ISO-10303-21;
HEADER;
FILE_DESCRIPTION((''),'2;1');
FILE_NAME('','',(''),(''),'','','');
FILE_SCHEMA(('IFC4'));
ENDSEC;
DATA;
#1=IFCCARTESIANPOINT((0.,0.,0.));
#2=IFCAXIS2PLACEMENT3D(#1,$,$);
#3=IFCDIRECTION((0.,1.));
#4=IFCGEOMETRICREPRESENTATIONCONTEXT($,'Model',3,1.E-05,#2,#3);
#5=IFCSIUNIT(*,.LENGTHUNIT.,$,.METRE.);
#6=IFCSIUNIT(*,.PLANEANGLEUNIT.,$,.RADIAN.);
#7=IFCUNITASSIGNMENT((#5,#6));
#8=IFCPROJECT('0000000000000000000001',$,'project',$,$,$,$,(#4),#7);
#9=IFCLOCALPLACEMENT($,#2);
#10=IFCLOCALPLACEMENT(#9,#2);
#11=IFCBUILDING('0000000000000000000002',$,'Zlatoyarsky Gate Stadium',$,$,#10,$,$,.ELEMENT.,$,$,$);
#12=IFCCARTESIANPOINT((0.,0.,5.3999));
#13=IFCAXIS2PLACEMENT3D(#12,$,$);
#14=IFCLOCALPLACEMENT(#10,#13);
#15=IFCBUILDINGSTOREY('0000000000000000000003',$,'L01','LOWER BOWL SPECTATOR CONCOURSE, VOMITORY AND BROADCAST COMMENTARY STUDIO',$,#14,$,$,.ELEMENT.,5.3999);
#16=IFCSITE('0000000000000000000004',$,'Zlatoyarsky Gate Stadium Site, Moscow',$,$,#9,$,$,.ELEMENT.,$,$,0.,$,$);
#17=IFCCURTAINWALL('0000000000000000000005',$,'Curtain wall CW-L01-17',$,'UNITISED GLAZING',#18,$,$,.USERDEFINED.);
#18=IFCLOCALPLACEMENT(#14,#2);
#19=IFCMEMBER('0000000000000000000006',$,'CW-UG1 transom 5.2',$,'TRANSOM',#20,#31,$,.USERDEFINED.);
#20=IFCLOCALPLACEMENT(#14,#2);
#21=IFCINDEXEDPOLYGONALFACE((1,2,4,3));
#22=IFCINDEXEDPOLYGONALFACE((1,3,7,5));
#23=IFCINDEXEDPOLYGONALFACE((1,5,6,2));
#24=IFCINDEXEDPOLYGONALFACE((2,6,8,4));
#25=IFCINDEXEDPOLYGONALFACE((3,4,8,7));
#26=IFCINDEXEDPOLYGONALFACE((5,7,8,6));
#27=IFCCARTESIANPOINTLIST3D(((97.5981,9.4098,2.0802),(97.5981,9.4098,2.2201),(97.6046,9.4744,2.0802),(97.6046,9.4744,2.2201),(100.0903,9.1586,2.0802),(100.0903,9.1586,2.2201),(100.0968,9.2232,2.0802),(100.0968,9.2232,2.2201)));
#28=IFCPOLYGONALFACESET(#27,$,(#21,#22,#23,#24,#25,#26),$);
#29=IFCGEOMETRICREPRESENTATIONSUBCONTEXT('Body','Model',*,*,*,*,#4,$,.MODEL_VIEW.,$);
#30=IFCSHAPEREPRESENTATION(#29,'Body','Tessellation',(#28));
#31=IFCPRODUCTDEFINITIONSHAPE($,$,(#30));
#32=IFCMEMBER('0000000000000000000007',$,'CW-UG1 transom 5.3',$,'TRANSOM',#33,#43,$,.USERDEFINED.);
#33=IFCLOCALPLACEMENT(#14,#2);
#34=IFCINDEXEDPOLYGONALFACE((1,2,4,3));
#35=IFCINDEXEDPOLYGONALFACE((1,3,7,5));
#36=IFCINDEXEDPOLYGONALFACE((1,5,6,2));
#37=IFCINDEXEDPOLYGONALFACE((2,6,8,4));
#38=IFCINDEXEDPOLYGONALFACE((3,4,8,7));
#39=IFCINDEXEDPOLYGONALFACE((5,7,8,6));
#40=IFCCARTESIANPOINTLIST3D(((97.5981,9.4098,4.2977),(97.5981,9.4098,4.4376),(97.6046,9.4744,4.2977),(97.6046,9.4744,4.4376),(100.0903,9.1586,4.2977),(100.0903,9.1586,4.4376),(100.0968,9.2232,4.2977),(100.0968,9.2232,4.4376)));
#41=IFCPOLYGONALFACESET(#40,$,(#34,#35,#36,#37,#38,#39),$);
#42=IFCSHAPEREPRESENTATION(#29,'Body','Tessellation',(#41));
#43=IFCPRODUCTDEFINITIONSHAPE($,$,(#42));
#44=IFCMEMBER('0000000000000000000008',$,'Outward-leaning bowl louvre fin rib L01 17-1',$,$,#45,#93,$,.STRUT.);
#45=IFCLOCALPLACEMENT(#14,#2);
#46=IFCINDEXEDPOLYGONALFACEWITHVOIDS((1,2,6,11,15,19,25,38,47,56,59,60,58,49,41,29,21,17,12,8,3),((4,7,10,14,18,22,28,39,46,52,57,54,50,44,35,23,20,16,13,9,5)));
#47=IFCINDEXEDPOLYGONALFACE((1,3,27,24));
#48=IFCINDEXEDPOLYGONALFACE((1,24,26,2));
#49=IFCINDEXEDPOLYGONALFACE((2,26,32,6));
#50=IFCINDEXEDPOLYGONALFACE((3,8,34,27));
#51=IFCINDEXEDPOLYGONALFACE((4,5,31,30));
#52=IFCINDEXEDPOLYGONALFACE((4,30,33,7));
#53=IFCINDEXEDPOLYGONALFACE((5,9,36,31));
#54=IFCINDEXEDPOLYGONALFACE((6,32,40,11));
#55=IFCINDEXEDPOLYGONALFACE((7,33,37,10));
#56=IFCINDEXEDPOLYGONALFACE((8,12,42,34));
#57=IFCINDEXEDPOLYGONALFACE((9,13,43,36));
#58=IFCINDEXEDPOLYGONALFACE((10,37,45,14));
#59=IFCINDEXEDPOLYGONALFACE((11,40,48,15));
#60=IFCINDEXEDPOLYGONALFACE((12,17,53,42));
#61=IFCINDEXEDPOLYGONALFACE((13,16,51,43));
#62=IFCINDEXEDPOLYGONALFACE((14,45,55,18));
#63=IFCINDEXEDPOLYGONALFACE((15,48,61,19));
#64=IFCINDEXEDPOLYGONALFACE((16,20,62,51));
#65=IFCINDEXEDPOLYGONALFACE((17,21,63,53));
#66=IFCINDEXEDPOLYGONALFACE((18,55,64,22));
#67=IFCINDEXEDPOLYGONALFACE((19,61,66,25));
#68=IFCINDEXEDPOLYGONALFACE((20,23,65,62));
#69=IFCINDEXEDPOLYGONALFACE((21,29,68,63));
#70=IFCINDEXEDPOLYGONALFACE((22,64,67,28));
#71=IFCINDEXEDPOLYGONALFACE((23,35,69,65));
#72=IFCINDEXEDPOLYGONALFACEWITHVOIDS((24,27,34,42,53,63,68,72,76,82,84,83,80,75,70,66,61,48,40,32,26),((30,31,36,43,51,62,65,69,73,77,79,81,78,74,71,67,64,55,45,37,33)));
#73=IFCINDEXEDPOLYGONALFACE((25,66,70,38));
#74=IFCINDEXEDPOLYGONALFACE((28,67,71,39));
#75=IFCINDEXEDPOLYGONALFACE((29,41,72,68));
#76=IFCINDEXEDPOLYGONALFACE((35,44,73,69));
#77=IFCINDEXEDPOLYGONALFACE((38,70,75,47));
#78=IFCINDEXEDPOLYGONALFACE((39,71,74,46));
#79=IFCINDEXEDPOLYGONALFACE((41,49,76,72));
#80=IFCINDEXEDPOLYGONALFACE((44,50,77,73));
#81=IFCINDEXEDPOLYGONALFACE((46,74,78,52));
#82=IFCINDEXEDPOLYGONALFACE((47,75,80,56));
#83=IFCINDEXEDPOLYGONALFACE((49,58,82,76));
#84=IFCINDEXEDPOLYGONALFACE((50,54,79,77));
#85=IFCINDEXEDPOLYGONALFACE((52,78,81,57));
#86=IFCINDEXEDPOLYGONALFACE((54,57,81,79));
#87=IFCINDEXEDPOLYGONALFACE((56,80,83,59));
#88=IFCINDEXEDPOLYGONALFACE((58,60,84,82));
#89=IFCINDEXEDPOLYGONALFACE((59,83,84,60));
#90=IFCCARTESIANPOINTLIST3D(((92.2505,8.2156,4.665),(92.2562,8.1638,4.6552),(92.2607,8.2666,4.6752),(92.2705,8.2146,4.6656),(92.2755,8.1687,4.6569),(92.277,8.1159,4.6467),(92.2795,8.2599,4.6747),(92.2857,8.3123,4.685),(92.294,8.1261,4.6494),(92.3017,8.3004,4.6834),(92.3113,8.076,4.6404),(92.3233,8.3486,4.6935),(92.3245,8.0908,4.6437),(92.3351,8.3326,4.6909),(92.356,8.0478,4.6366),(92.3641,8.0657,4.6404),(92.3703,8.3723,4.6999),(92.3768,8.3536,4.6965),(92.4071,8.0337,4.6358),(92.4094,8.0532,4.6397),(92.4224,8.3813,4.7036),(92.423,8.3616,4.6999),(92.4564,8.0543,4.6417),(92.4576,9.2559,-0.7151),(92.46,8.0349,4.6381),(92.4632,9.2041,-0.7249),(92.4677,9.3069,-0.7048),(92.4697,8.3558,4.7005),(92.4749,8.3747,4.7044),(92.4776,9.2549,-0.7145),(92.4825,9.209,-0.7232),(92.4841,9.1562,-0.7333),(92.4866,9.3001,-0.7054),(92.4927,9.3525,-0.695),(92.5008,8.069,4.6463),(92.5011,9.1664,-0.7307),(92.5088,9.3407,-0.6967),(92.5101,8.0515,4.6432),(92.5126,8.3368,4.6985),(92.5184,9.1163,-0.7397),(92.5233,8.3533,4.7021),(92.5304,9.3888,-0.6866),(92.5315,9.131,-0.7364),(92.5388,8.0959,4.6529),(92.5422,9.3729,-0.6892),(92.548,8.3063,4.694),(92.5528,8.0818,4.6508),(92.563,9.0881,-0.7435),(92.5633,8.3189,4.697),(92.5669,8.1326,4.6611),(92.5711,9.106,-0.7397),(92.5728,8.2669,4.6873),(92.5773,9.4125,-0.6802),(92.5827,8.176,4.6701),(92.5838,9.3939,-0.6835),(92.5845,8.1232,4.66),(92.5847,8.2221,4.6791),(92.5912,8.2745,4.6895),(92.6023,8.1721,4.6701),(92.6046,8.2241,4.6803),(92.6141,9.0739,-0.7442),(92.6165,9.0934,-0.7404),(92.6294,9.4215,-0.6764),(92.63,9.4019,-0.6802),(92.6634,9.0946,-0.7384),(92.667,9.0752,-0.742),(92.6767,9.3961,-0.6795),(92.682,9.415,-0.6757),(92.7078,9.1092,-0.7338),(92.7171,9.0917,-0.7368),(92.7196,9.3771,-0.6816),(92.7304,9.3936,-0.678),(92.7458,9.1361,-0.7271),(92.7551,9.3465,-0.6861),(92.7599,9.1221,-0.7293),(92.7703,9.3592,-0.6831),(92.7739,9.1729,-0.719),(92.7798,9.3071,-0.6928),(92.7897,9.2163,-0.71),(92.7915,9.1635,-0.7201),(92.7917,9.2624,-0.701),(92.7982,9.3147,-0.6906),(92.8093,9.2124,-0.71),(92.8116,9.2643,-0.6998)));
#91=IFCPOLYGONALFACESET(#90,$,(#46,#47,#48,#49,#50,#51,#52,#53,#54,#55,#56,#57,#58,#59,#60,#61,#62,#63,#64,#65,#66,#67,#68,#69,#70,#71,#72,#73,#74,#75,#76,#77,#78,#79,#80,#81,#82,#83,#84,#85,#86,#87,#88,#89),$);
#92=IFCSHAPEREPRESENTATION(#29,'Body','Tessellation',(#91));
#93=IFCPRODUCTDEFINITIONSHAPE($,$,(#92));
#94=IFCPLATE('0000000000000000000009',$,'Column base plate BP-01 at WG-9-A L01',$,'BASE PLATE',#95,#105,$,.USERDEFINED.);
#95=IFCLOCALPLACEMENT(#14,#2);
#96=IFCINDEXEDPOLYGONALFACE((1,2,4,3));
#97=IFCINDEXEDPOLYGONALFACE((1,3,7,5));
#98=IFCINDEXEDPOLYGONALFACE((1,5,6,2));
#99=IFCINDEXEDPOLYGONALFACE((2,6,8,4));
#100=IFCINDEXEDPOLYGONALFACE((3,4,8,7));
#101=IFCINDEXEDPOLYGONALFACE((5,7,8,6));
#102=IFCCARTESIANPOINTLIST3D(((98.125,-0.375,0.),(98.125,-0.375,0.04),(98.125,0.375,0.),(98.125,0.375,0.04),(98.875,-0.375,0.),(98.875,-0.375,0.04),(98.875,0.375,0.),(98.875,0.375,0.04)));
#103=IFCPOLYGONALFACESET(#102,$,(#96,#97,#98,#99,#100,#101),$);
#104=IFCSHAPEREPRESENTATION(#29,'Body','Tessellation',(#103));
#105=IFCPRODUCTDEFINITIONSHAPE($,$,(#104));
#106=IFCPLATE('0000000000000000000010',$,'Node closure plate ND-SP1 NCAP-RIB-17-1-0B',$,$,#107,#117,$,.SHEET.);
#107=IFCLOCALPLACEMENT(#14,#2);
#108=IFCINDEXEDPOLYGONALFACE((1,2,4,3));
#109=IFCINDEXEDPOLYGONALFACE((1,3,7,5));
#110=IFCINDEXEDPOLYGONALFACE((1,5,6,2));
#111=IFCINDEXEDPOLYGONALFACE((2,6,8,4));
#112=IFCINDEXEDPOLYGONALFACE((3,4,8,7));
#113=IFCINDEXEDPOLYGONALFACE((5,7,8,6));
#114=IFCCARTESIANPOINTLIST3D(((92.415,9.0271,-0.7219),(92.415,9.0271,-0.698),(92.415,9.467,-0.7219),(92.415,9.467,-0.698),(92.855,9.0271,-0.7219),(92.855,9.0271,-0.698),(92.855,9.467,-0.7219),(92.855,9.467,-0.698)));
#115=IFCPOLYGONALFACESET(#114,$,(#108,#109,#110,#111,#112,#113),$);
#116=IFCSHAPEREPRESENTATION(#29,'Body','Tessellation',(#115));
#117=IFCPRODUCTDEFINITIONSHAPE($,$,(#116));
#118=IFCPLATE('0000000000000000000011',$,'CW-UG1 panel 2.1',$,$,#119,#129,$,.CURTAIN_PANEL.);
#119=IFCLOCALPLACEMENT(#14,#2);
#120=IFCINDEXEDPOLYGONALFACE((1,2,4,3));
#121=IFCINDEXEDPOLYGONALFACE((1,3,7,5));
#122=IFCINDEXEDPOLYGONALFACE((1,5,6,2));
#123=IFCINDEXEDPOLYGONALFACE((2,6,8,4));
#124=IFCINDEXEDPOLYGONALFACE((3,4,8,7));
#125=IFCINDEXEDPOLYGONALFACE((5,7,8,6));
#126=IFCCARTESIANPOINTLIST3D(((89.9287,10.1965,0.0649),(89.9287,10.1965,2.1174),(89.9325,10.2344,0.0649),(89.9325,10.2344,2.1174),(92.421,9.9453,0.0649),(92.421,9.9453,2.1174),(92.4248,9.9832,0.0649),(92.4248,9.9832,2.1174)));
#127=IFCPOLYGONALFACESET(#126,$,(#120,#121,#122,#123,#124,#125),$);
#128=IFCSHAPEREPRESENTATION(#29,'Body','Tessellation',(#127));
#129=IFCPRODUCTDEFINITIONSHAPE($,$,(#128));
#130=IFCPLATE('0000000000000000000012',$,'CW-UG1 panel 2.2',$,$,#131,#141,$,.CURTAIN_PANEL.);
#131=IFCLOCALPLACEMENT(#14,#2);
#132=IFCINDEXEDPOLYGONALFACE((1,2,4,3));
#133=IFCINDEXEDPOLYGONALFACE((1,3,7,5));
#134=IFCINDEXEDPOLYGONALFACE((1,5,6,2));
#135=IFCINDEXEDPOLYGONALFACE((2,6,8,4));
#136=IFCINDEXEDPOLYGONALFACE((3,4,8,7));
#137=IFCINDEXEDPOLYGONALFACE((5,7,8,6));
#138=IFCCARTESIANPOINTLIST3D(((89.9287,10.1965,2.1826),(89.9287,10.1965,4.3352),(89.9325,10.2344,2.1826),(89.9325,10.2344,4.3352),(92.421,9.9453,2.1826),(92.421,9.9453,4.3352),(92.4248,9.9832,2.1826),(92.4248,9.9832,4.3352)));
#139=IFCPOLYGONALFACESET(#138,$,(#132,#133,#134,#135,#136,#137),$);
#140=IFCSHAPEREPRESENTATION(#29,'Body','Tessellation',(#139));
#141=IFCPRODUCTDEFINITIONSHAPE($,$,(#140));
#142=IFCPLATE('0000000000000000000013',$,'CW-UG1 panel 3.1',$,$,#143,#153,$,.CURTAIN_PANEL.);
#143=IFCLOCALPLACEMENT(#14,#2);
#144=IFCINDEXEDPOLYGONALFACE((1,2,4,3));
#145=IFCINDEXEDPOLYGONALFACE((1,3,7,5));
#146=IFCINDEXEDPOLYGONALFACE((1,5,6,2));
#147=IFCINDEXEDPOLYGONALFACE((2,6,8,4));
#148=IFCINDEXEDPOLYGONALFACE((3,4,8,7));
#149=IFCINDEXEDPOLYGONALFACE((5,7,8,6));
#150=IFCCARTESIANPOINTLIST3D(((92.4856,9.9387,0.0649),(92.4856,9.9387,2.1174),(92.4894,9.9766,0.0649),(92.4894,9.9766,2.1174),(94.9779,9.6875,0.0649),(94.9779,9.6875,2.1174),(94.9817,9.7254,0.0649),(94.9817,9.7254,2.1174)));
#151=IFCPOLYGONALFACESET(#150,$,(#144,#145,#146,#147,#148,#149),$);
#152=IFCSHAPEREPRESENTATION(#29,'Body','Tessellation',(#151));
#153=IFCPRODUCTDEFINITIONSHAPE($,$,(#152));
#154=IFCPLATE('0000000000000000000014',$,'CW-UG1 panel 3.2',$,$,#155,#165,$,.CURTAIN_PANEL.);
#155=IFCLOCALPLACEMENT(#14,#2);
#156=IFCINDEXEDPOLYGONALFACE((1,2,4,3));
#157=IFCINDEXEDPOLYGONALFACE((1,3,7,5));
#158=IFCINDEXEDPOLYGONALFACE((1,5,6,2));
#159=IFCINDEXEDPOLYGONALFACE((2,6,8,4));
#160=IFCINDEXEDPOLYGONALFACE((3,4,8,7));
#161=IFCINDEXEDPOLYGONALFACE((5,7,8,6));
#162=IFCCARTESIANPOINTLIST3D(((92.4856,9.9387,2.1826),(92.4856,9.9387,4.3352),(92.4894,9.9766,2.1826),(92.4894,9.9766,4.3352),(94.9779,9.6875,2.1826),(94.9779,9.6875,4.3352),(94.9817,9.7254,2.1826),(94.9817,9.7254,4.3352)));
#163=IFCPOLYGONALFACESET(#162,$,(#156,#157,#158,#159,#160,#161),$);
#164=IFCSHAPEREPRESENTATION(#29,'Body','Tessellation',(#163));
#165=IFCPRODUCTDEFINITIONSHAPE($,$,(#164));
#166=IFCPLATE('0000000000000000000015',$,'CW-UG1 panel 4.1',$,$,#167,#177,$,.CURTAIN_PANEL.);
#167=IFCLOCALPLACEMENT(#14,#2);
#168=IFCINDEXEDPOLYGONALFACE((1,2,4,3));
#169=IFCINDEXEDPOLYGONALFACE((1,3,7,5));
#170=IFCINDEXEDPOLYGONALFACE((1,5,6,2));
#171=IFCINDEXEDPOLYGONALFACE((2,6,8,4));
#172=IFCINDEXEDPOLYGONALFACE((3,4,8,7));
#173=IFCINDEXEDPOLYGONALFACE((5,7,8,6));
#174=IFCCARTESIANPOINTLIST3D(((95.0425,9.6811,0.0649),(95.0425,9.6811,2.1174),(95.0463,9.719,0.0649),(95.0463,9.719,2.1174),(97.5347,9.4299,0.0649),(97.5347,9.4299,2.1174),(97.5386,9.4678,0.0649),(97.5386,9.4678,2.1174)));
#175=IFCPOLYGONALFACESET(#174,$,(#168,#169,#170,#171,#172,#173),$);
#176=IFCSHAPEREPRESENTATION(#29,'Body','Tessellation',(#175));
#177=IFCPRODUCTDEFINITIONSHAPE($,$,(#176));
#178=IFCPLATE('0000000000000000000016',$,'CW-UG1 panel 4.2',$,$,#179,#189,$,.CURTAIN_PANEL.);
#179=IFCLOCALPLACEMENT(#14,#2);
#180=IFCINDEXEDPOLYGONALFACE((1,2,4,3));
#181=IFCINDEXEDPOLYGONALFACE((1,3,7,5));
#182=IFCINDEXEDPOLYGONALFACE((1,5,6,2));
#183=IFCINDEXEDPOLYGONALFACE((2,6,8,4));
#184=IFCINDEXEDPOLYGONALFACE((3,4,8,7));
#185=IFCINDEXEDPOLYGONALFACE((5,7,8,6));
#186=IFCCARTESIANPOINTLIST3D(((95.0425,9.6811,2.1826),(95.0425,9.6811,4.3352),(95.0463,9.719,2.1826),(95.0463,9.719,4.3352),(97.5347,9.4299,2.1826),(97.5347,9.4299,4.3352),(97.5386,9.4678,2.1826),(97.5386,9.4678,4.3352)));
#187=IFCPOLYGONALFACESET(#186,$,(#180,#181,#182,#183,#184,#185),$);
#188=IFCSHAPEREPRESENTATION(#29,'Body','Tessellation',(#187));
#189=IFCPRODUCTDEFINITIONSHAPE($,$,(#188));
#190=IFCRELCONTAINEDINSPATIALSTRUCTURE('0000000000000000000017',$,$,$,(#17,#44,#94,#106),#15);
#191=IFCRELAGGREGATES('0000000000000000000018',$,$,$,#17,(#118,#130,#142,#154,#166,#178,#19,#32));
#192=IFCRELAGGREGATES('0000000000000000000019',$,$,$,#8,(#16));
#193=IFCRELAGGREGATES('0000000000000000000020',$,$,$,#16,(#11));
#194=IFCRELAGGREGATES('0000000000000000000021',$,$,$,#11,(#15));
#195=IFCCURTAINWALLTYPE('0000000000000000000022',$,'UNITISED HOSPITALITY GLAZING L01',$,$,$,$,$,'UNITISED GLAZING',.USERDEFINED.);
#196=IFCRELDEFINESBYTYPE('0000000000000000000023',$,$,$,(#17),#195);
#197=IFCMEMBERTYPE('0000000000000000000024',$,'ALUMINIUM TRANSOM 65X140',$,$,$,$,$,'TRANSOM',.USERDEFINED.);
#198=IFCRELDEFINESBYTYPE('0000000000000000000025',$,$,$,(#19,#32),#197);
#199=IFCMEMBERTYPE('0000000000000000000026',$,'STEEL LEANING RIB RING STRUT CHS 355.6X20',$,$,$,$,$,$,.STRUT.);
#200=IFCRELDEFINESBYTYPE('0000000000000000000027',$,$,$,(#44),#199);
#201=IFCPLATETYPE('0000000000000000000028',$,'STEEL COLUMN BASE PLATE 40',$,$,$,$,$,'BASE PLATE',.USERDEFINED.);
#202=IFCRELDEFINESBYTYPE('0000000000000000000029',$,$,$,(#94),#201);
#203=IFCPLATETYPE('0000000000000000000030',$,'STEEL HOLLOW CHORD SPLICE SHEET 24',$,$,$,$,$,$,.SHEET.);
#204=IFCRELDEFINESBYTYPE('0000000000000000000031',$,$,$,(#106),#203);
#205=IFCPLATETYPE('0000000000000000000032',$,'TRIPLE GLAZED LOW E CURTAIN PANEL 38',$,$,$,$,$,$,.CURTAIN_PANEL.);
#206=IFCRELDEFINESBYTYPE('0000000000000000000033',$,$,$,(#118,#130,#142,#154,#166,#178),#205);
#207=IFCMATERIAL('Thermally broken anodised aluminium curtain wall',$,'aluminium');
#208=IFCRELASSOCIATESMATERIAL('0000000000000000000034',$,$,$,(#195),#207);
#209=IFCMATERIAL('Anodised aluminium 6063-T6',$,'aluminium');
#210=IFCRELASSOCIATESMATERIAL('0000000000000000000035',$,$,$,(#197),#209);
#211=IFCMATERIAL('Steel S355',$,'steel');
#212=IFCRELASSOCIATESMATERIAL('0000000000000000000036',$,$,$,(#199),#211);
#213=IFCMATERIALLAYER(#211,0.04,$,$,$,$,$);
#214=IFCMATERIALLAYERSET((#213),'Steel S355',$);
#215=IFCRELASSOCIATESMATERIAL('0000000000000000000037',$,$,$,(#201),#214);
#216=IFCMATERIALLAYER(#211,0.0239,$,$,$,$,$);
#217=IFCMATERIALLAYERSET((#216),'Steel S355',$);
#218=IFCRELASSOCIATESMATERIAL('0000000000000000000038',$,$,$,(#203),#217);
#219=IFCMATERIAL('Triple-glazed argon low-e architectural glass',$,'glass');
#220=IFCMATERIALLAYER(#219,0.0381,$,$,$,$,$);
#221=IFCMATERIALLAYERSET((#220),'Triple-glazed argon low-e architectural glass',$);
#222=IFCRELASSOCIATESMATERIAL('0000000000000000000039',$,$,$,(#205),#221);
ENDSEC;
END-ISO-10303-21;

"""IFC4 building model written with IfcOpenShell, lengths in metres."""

from ifc_helpers import new_model, si_unit, direction, frame, origin, origin_2d, place, context, subcontext, project, spatial, rectangle, hollow_circle, extrude, material, layer, layer_set, material_profile, profile_set, type_object, element, aggregate, save


model = new_model("IFC4")

# Units and contexts
model_context = context("Model", 3, precision=1e-05, world=origin(), true_north=direction((0.0, 1.0)))
body_context = subcontext(model_context, "Body", "Model", "MODEL_VIEW")
ifc_project = project(units=[si_unit("LENGTHUNIT", "METRE"), si_unit("PLANEANGLEUNIT", "RADIAN")], contexts=[model_context])

# Site, building, storey
site_placement = place(None, origin())
site = spatial("IfcSite", under=ifc_project, at=site_placement, Name="Zlatoyarsky Gate Stadium Site, Moscow", CompositionType="ELEMENT", RefElevation=0.0)
building_placement = place(site_placement, origin())
building = spatial("IfcBuilding", under=site, at=building_placement, Name="Zlatoyarsky Gate Stadium", CompositionType="ELEMENT")
storey_placement = place(building_placement, frame((0.0, 0.0, 5.3999)))
storey = spatial("IfcBuildingStorey", under=building, at=storey_placement, Name="L01", Description="LOWER BOWL SPECTATOR CONCOURSE, VOMITORY AND BROADCAST COMMENTARY STUDIO", CompositionType="ELEMENT", Elevation=5.3999)

# Shared definitions
ifc_material_1 = material(Name="Steel S355", Category="steel")

# Curtain wall, members
ifc_material_2 = material(Name="Thermally broken anodised aluminium curtain wall", Category="aluminium")
curtain_wall_type = type_object("IfcCurtainWallType", Name="UNITISED HOSPITALITY GLAZING L01", ElementType="UNITISED GLAZING", PredefinedType="USERDEFINED", material=ifc_material_2)
curtain_wall_placement = place(storey_placement, origin())
curtain_wall = element("IfcCurtainWall", 1, at=curtain_wall_placement, inside=storey, type_object=curtain_wall_type, Name="Curtain wall CW-L01-17", ObjectType="UNITISED GLAZING", PredefinedType="USERDEFINED")
ifc_material_3 = material(Name="Anodised aluminium 6063-T6", Category="aluminium")
ifc_material_profile_1 = material_profile(ifc_material_3, rectangle(XDim=0.0649, YDim=0.1399, at=origin_2d()), Name="ALU 65X140")
ifc_profile_set_1 = profile_set([ifc_material_profile_1], Name="Anodised aluminium 6063-T6")
member_type_1 = type_object("IfcMemberType", Name="ALUMINIUM TRANSOM 65X140", ElementType="TRANSOM", PredefinedType="USERDEFINED", material=ifc_profile_set_1)
member_1_placement = place(storey_placement, frame((97.6013, 9.4421, 2.1501), z_axis=(0.994958, -0.100295, 0.0), x_axis=(0.100295, 0.994958, 0.0)))
member_1 = element("IfcMember", 2, at=member_1_placement, type_object=member_type_1, Name="CW-UG1 transom 5.2", ObjectType="TRANSOM", PredefinedType="USERDEFINED", context=body_context, shape_type="SweptSolid", body=[
    extrude(rectangle(XDim=0.0649, YDim=0.1399, at=origin_2d()), origin(), (0.0, 0.0, 1.0), 2.5049),
])
member_2_placement = place(storey_placement, frame((97.6013, 9.4421, 4.3677), z_axis=(0.994958, -0.100295, 0.0), x_axis=(0.100295, 0.994958, 0.0)))
member_2 = element("IfcMember", 3, at=member_2_placement, type_object=member_type_1, Name="CW-UG1 transom 5.3", ObjectType="TRANSOM", PredefinedType="USERDEFINED", context=body_context, shape_type="SweptSolid", body=[
    extrude(rectangle(XDim=0.0649, YDim=0.1399, at=origin_2d()), origin(), (0.0, 0.0, 1.0), 2.5049),
])

# Member
ifc_material_profile_2 = material_profile(ifc_material_1, hollow_circle(Radius=0.1777, WallThickness=0.02, at=origin_2d()), Name="CHS 355.6X20")
ifc_profile_set_2 = profile_set([ifc_material_profile_2], Name="Steel S355")
member_type_2 = type_object("IfcMemberType", Name="STEEL LEANING RIB RING STRUT CHS 355.6X20", PredefinedType="STRUT", material=ifc_profile_set_2)
member_3_placement = place(storey_placement, frame((92.635, 9.2471, -0.71), z_axis=(-0.037754, -0.189705, 0.981115), x_axis=(0.980766, -0.195187, 0.0)))
element("IfcMember", 4, at=member_3_placement, inside=storey, type_object=member_type_2, Name="Outward-leaning bowl louvre fin rib L01 17-1", PredefinedType="STRUT", context=body_context, shape_type="SweptSolid", body=[
    extrude(hollow_circle(Radius=0.1777, WallThickness=0.02, at=origin_2d()), origin(), (0.0, 0.0, 1.0), 5.4836),
])

# Plates
ifc_layer_1 = layer(ifc_material_1, 0.04)
ifc_layer_set_1 = layer_set([ifc_layer_1], Name="Steel S355")
plate_type_1 = type_object("IfcPlateType", Name="STEEL COLUMN BASE PLATE 40", ElementType="BASE PLATE", PredefinedType="USERDEFINED", material=ifc_layer_set_1)
plate_1_placement = place(storey_placement, frame((98.5, 0.0, 0.0), z_axis=(0.0, 0.0, 1.0), x_axis=(1.0, 0.0, 0.0)))
element("IfcPlate", 5, at=plate_1_placement, inside=storey, type_object=plate_type_1, Name="Column base plate BP-01 at WG-9-A L01", ObjectType="BASE PLATE", PredefinedType="USERDEFINED", context=body_context, shape_type="SweptSolid", body=[
    extrude(rectangle(XDim=0.75, YDim=0.75, at=origin_2d()), origin(), (0.0, 0.0, 1.0), 0.04),
])
ifc_layer_2 = layer(ifc_material_1, 0.0239)
ifc_layer_set_2 = layer_set([ifc_layer_2], Name="Steel S355")
plate_type_2 = type_object("IfcPlateType", Name="STEEL HOLLOW CHORD SPLICE SHEET 24", PredefinedType="SHEET", material=ifc_layer_set_2)
plate_2_placement = place(storey_placement, frame((92.635, 9.2471, -0.7219), z_axis=(0.0, 0.0, 1.0), x_axis=(1.0, 0.0, 0.0)))
element("IfcPlate", 6, at=plate_2_placement, inside=storey, type_object=plate_type_2, Name="Node closure plate ND-SP1 NCAP-RIB-17-1-0B", PredefinedType="SHEET", context=body_context, shape_type="SweptSolid", body=[
    extrude(rectangle(XDim=0.4399, YDim=0.4399, at=origin_2d()), origin(), (0.0, 0.0, 1.0), 0.0239),
])

# Plates
ifc_material_4 = material(Name="Triple-glazed argon low-e architectural glass", Category="glass")
ifc_layer_3 = layer(ifc_material_4, 0.0381)
ifc_layer_set_3 = layer_set([ifc_layer_3], Name="Triple-glazed argon low-e architectural glass")
plate_type_3 = type_object("IfcPlateType", Name="TRIPLE GLAZED LOW E CURTAIN PANEL 38", PredefinedType="CURTAIN_PANEL", material=ifc_layer_set_3)
plate_3_placement = place(storey_placement, frame((91.1768, 10.0898, 0.0649), z_axis=(0.0, 0.0, 1.0), x_axis=(0.994957, -0.1003, 0.0)))
plate_3 = element("IfcPlate", 7, at=plate_3_placement, type_object=plate_type_3, Name="CW-UG1 panel 2.1", PredefinedType="CURTAIN_PANEL", context=body_context, shape_type="SweptSolid", body=[
    extrude(rectangle(XDim=2.5049, YDim=0.0381, at=origin_2d()), origin(), (0.0, 0.0, 1.0), 2.0525),
])
plate_4_placement = place(storey_placement, frame((91.1768, 10.0898, 2.1826), z_axis=(0.0, 0.0, 1.0), x_axis=(0.994957, -0.1003, 0.0)))
plate_4 = element("IfcPlate", 8, at=plate_4_placement, type_object=plate_type_3, Name="CW-UG1 panel 2.2", PredefinedType="CURTAIN_PANEL", context=body_context, shape_type="SweptSolid", body=[
    extrude(rectangle(XDim=2.5049, YDim=0.0381, at=origin_2d()), origin(), (0.0, 0.0, 1.0), 2.1526),
])
plate_5_placement = place(storey_placement, frame((93.7336, 9.832, 0.0649), z_axis=(0.0, 0.0, 1.0), x_axis=(0.994957, -0.1003, 0.0)))
plate_5 = element("IfcPlate", 9, at=plate_5_placement, type_object=plate_type_3, Name="CW-UG1 panel 3.1", PredefinedType="CURTAIN_PANEL", context=body_context, shape_type="SweptSolid", body=[
    extrude(rectangle(XDim=2.5049, YDim=0.0381, at=origin_2d()), origin(), (0.0, 0.0, 1.0), 2.0525),
])
plate_6_placement = place(storey_placement, frame((93.7336, 9.832, 2.1826), z_axis=(0.0, 0.0, 1.0), x_axis=(0.994957, -0.1003, 0.0)))
plate_6 = element("IfcPlate", 10, at=plate_6_placement, type_object=plate_type_3, Name="CW-UG1 panel 3.2", PredefinedType="CURTAIN_PANEL", context=body_context, shape_type="SweptSolid", body=[
    extrude(rectangle(XDim=2.5049, YDim=0.0381, at=origin_2d()), origin(), (0.0, 0.0, 1.0), 2.1526),
])
plate_7_placement = place(storey_placement, frame((96.2905, 9.5745, 0.0649), z_axis=(0.0, 0.0, 1.0), x_axis=(0.994957, -0.1003, 0.0)))
plate_7 = element("IfcPlate", 11, at=plate_7_placement, type_object=plate_type_3, Name="CW-UG1 panel 4.1", PredefinedType="CURTAIN_PANEL", context=body_context, shape_type="SweptSolid", body=[
    extrude(rectangle(XDim=2.5049, YDim=0.0381, at=origin_2d()), origin(), (0.0, 0.0, 1.0), 2.0525),
])
plate_8_placement = place(storey_placement, frame((96.2905, 9.5745, 2.1826), z_axis=(0.0, 0.0, 1.0), x_axis=(0.994957, -0.1003, 0.0)))
plate_8 = element("IfcPlate", 12, at=plate_8_placement, type_object=plate_type_3, Name="CW-UG1 panel 4.2", PredefinedType="CURTAIN_PANEL", context=body_context, shape_type="SweptSolid", body=[
    extrude(rectangle(XDim=2.5049, YDim=0.0381, at=origin_2d()), origin(), (0.0, 0.0, 1.0), 2.1526),
])
aggregate(curtain_wall, [plate_3, plate_4, plate_5, plate_6, plate_7, plate_8, member_1, member_2])

save(model, "model.ifc")
